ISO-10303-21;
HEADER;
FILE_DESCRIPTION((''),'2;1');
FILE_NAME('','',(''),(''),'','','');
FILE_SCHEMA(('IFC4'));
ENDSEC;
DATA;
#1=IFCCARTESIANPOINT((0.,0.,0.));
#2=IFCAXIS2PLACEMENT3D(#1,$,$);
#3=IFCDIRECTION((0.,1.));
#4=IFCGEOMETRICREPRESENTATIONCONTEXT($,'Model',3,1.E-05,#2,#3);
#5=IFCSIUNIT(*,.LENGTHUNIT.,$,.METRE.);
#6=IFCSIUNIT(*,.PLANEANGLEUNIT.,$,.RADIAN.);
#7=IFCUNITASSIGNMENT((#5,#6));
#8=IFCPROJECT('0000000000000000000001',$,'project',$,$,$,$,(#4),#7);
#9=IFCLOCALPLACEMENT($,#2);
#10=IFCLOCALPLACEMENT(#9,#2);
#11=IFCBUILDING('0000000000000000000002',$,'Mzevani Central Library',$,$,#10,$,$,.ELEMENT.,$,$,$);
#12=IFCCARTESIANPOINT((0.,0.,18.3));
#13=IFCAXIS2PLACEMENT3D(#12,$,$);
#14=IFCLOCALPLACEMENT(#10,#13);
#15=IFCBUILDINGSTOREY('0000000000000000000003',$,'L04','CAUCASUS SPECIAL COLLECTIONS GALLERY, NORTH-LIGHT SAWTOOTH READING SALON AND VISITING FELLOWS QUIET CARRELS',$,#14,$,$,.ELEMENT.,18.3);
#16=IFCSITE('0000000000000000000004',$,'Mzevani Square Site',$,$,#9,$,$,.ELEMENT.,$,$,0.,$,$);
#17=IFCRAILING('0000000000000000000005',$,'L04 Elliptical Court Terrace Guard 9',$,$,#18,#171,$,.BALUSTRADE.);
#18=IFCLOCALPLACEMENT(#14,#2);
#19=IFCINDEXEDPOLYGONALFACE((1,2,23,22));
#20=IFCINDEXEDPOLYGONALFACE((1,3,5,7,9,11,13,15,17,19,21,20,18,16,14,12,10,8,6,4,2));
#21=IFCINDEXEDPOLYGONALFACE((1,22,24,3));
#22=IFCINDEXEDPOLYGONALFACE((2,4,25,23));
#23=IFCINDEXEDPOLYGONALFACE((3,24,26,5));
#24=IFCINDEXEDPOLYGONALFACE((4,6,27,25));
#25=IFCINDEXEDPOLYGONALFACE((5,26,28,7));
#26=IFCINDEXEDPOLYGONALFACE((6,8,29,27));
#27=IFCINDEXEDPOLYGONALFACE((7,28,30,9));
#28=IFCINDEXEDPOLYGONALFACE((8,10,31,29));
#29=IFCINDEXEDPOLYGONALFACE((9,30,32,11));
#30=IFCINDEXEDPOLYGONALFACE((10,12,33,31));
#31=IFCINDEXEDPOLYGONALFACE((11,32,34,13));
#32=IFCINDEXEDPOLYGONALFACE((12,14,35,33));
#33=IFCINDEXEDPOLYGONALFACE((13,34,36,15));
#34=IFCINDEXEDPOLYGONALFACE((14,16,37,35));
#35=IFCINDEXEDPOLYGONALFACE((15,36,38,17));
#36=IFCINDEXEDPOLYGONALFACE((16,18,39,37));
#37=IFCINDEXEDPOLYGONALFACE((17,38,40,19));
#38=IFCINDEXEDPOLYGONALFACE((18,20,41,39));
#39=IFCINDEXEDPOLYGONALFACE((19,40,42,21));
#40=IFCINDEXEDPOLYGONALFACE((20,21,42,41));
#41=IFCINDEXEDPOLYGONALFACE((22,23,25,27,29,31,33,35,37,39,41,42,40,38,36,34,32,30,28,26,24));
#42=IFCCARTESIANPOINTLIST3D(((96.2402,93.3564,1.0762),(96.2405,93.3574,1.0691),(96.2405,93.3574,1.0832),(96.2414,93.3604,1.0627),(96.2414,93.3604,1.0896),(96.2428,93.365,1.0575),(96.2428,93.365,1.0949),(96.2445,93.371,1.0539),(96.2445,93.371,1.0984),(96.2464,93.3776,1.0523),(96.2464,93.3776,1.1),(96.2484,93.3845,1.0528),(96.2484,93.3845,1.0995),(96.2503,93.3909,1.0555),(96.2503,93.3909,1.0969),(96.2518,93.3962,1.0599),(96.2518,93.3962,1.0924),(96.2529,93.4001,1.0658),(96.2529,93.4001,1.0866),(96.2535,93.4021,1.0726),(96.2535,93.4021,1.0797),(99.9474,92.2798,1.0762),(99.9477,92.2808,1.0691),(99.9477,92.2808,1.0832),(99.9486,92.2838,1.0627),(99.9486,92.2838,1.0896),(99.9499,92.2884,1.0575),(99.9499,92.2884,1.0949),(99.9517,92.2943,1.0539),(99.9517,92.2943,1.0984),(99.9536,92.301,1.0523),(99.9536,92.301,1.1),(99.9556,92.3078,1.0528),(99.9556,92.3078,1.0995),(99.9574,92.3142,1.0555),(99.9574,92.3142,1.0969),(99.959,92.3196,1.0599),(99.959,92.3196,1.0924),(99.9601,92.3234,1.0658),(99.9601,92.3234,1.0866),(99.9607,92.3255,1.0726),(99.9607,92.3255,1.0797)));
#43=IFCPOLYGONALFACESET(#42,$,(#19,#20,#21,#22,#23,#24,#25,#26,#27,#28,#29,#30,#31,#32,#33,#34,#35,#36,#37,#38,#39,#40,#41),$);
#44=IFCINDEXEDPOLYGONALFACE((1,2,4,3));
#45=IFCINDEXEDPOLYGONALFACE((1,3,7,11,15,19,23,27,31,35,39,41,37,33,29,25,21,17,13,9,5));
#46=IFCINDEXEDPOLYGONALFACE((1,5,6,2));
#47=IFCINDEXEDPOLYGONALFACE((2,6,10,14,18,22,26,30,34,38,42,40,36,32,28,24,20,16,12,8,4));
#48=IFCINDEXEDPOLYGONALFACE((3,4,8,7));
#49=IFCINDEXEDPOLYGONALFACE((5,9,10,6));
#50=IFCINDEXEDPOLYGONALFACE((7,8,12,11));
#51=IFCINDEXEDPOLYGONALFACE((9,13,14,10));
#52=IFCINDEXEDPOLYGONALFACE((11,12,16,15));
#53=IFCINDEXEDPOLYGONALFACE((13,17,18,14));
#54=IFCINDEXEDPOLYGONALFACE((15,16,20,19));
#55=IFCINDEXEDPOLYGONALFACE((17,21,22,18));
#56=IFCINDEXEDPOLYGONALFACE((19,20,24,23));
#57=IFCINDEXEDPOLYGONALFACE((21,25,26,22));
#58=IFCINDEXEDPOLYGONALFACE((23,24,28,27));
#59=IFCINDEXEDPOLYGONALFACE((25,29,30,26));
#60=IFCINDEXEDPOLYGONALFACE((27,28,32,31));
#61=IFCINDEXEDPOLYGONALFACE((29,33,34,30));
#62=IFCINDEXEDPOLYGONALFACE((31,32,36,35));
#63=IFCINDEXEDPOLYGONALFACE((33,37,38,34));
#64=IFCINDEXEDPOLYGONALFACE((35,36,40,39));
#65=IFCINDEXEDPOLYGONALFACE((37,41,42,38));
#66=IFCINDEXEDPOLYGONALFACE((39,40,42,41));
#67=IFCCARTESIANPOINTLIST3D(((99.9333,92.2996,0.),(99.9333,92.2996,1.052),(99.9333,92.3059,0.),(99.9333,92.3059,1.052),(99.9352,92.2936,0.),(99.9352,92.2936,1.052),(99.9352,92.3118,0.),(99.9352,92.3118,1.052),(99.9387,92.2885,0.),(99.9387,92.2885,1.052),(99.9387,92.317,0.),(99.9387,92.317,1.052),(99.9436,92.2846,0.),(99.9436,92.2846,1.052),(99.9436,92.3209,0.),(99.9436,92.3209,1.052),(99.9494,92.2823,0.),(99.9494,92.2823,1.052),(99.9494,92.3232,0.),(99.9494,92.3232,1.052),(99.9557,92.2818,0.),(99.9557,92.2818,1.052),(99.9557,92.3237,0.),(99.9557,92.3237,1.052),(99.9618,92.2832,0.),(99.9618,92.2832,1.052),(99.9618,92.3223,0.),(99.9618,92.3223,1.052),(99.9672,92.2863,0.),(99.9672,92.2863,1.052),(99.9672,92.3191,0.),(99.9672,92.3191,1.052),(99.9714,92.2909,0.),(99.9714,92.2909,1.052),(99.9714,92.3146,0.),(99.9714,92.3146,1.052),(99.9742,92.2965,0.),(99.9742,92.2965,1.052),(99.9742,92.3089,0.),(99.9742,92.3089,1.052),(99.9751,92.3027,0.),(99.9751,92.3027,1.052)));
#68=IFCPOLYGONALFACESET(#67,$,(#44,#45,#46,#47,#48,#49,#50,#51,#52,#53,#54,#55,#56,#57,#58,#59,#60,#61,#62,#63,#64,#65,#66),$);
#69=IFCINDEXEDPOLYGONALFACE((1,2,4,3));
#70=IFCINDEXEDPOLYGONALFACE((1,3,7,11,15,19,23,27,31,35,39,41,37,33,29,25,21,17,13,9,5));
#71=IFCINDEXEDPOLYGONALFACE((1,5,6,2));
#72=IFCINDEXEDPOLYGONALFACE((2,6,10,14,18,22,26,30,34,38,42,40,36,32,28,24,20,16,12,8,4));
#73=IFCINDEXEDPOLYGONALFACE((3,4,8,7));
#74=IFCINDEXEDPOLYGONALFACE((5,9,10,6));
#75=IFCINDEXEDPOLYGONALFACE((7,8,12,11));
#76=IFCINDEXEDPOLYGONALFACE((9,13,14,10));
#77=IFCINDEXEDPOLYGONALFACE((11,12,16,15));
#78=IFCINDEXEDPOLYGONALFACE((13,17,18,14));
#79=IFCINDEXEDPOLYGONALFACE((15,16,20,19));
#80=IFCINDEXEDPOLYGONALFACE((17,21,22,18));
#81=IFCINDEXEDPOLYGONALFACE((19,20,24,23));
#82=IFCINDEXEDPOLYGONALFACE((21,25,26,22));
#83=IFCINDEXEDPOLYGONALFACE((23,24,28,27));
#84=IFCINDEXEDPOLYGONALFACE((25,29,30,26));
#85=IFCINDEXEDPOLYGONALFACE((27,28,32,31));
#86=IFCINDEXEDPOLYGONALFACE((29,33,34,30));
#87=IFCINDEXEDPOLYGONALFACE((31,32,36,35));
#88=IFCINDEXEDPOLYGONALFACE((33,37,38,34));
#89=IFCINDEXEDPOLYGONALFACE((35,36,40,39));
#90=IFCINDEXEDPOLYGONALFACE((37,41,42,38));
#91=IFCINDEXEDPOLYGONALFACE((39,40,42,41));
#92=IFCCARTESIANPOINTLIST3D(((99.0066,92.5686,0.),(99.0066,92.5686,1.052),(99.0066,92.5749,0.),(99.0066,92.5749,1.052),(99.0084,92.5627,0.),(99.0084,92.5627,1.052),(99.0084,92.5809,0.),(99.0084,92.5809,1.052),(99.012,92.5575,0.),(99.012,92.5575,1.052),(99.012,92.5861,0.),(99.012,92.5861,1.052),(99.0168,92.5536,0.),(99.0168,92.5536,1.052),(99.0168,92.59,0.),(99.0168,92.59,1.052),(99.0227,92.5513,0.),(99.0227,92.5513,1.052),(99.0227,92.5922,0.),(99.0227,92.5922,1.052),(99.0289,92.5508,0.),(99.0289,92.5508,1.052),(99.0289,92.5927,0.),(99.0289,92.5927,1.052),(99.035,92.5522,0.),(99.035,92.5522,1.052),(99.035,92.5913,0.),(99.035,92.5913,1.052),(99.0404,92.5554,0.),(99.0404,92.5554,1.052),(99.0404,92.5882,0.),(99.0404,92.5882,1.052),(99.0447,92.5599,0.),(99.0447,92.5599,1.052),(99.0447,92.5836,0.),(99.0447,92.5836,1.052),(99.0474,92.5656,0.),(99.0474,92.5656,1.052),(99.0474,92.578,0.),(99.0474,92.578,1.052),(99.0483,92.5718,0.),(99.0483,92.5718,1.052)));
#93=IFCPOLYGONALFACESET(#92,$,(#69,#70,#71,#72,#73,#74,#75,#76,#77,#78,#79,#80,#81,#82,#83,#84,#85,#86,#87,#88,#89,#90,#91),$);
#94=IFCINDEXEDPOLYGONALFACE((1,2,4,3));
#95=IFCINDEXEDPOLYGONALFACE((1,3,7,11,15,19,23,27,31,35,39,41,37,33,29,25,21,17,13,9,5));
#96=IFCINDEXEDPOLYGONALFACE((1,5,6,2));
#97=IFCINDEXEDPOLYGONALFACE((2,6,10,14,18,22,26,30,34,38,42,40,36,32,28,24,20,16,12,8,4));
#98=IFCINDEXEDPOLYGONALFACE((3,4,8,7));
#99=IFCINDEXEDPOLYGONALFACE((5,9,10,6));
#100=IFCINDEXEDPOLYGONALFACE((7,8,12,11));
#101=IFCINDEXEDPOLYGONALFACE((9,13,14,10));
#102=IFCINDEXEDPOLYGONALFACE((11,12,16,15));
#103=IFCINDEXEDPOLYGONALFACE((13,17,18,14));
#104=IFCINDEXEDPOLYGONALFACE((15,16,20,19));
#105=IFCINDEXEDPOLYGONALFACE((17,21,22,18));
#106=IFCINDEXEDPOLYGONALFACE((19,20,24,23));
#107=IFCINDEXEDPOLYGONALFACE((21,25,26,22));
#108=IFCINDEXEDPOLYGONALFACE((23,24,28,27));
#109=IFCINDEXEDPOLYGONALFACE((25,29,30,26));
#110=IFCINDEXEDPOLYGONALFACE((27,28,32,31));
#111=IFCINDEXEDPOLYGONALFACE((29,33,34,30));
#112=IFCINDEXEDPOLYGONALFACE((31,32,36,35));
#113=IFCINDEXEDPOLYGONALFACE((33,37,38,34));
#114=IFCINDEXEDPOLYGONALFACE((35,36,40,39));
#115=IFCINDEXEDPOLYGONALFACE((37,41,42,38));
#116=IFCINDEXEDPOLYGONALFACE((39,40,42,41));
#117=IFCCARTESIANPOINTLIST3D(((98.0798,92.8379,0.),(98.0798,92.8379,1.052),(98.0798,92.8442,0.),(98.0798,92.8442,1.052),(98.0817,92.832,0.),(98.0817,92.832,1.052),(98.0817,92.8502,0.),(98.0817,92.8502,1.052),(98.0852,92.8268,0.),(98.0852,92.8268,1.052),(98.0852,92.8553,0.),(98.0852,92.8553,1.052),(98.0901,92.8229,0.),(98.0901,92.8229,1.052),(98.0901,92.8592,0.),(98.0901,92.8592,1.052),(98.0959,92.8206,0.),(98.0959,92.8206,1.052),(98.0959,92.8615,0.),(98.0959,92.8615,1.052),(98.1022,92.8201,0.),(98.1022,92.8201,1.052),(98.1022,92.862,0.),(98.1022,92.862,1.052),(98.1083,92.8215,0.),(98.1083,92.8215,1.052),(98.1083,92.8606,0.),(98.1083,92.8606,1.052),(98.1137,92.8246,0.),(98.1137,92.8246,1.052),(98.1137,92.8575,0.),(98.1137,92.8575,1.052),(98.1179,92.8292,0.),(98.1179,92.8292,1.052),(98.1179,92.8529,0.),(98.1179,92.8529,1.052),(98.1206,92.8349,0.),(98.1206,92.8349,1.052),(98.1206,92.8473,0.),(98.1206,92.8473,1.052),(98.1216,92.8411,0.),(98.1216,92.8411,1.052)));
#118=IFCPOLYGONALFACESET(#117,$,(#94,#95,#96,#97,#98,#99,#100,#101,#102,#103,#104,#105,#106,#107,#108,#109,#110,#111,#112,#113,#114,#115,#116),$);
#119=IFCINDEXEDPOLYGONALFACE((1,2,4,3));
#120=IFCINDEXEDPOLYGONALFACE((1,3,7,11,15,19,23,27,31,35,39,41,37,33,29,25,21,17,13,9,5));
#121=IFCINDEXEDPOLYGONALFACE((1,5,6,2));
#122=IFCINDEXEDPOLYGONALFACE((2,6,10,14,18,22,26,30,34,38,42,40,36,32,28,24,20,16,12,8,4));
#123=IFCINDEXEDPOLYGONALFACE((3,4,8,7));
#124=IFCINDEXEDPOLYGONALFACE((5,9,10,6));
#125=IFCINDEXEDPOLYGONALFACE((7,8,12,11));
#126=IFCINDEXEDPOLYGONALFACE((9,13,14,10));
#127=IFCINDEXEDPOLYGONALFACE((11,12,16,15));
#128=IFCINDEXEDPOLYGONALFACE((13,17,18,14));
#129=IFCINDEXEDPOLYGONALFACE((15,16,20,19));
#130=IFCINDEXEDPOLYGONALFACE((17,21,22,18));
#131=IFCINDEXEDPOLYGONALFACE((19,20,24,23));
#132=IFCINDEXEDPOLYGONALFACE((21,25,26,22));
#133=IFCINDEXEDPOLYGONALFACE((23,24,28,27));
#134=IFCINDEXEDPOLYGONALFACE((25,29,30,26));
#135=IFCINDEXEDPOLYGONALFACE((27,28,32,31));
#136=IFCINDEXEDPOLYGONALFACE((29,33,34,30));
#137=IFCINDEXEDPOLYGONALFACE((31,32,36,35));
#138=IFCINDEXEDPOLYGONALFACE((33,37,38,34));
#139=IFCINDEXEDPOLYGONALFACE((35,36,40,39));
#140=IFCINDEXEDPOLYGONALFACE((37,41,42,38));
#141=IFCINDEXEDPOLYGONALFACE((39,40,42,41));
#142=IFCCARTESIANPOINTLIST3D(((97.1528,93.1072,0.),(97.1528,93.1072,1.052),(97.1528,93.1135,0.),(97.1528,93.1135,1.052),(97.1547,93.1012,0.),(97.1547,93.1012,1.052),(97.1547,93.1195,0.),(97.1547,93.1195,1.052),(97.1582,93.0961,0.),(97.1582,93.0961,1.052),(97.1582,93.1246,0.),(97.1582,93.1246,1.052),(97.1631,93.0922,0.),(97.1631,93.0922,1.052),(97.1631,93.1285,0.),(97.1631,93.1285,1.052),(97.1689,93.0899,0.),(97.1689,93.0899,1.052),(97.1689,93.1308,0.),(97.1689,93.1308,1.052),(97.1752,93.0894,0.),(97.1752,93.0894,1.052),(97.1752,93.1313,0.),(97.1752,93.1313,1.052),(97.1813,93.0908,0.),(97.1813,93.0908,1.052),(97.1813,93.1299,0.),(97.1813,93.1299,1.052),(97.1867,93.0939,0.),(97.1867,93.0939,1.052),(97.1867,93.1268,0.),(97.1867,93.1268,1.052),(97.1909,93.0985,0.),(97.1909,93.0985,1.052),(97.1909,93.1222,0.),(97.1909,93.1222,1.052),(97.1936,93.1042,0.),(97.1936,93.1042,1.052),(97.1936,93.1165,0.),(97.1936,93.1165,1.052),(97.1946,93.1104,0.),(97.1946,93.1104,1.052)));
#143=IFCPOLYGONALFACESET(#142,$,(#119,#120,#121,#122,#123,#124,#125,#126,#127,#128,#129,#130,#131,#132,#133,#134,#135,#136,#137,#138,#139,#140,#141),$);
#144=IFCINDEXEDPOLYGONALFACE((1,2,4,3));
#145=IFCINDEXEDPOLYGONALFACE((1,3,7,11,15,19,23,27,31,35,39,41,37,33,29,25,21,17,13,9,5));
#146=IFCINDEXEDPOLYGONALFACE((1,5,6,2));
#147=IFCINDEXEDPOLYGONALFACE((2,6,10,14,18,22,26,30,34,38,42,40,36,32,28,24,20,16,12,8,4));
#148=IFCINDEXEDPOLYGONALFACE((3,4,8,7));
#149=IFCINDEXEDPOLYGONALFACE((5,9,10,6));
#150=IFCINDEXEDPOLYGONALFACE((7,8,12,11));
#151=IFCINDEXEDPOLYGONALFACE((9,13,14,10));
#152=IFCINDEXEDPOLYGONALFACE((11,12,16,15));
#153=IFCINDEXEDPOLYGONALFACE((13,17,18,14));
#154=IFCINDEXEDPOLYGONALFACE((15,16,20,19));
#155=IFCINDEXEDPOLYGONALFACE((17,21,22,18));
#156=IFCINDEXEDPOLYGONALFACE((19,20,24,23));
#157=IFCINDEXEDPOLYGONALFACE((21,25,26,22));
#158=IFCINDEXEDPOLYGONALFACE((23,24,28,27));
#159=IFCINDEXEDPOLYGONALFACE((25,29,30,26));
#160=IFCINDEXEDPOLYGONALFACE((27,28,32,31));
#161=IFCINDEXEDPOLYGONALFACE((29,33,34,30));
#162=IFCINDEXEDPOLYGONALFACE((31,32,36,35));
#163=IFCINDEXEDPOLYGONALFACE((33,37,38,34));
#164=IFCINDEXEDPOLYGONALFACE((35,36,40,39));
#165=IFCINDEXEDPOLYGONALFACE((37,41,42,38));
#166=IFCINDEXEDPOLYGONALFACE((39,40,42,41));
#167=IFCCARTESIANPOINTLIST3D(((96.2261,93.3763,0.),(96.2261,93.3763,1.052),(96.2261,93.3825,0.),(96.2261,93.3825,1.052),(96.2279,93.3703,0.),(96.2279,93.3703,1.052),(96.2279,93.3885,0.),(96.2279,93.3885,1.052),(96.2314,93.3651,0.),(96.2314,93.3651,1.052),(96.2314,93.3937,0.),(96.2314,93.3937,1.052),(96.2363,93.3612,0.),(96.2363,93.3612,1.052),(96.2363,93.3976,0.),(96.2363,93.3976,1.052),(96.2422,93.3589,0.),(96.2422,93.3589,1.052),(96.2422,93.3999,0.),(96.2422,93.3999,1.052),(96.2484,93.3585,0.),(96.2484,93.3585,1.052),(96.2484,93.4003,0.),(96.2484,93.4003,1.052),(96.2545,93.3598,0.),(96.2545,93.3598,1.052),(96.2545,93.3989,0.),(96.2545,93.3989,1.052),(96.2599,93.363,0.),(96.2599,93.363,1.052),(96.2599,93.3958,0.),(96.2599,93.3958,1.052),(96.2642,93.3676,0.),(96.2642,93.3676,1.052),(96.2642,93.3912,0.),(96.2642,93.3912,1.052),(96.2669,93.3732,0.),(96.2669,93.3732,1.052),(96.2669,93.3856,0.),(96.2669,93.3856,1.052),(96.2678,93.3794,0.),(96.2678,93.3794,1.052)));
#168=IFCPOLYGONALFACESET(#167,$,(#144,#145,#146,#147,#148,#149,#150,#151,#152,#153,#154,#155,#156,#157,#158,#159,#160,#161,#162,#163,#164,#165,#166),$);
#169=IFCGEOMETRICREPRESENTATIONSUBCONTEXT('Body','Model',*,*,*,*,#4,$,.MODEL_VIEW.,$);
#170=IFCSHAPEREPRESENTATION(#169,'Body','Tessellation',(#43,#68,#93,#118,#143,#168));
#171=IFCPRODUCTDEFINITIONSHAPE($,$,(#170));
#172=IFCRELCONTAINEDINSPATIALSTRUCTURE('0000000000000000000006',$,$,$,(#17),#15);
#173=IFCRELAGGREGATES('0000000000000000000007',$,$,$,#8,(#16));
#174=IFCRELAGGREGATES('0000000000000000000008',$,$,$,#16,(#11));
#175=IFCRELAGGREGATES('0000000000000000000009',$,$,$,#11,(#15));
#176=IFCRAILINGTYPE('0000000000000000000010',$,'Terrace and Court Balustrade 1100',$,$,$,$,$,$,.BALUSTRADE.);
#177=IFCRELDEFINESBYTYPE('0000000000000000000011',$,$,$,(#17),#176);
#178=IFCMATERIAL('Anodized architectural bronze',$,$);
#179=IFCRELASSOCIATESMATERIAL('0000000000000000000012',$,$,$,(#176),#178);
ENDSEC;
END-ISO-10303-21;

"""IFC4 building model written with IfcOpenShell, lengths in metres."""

from ifc_helpers import new_model, si_unit, direction, frame, origin, origin_2d, place, context, subcontext, project, spatial, circle, extrude, material, type_object, element, save


model = new_model("IFC4")

# Units and contexts
model_context = context("Model", 3, precision=1e-05, world=origin(), true_north=direction((0.0, 1.0)))
body_context = subcontext(model_context, "Body", "Model", "MODEL_VIEW")
ifc_project = project(units=[si_unit("LENGTHUNIT", "METRE"), si_unit("PLANEANGLEUNIT", "RADIAN")], contexts=[model_context])

# Site, building, storey
site_placement = place(None, origin())
site = spatial("IfcSite", under=ifc_project, at=site_placement, Name="Mzevani Square Site", CompositionType="ELEMENT", RefElevation=0.0)
building_placement = place(site_placement, origin())
building = spatial("IfcBuilding", under=site, at=building_placement, Name="Mzevani Central Library", CompositionType="ELEMENT")
storey_placement = place(building_placement, frame((0.0, 0.0, 18.3)))
storey = spatial("IfcBuildingStorey", under=building, at=storey_placement, Name="L04", Description="CAUCASUS SPECIAL COLLECTIONS GALLERY, NORTH-LIGHT SAWTOOTH READING SALON AND VISITING FELLOWS QUIET CARRELS", CompositionType="ELEMENT", Elevation=18.3)

# Railing
ifc_material_1 = material(Name="Anodized architectural bronze")
railing_type = type_object("IfcRailingType", Name="Terrace and Court Balustrade 1100", PredefinedType="BALUSTRADE", material=ifc_material_1)
railing_1_placement = place(storey_placement, frame((99.9541, 92.3027, 0.0)))
element("IfcRailing", 1, at=railing_1_placement, inside=storey, type_object=railing_type, Name="L04 Elliptical Court Terrace Guard 9", PredefinedType="BALUSTRADE", context=body_context, shape_type="SweptSolid", body=[
    extrude(circle(Radius=0.0239, at=origin_2d()), frame((0.0, 0.0, 1.0762), z_axis=(-0.960322, 0.278895, 0.0), x_axis=(-0.278895, -0.960322, 0.0)), (0.0, 0.0, 1.0), 3.8604),
    extrude(circle(Radius=0.021, at=origin_2d()), origin(), (0.0, 0.0, 1.0), 1.052),
    extrude(circle(Radius=0.021, at=origin_2d()), frame((-0.9268, 0.269, 0.0)), (0.0, 0.0, 1.0), 1.052),
    extrude(circle(Radius=0.021, at=origin_2d()), frame((-1.8535, 0.5383, 0.0)), (0.0, 0.0, 1.0), 1.052),
    extrude(circle(Radius=0.021, at=origin_2d()), frame((-2.7805, 0.8076, 0.0)), (0.0, 0.0, 1.0), 1.052),
    extrude(circle(Radius=0.021, at=origin_2d()), frame((-3.7073, 1.0767, 0.0)), (0.0, 0.0, 1.0), 1.052),
])

save(model, "model.ifc")
